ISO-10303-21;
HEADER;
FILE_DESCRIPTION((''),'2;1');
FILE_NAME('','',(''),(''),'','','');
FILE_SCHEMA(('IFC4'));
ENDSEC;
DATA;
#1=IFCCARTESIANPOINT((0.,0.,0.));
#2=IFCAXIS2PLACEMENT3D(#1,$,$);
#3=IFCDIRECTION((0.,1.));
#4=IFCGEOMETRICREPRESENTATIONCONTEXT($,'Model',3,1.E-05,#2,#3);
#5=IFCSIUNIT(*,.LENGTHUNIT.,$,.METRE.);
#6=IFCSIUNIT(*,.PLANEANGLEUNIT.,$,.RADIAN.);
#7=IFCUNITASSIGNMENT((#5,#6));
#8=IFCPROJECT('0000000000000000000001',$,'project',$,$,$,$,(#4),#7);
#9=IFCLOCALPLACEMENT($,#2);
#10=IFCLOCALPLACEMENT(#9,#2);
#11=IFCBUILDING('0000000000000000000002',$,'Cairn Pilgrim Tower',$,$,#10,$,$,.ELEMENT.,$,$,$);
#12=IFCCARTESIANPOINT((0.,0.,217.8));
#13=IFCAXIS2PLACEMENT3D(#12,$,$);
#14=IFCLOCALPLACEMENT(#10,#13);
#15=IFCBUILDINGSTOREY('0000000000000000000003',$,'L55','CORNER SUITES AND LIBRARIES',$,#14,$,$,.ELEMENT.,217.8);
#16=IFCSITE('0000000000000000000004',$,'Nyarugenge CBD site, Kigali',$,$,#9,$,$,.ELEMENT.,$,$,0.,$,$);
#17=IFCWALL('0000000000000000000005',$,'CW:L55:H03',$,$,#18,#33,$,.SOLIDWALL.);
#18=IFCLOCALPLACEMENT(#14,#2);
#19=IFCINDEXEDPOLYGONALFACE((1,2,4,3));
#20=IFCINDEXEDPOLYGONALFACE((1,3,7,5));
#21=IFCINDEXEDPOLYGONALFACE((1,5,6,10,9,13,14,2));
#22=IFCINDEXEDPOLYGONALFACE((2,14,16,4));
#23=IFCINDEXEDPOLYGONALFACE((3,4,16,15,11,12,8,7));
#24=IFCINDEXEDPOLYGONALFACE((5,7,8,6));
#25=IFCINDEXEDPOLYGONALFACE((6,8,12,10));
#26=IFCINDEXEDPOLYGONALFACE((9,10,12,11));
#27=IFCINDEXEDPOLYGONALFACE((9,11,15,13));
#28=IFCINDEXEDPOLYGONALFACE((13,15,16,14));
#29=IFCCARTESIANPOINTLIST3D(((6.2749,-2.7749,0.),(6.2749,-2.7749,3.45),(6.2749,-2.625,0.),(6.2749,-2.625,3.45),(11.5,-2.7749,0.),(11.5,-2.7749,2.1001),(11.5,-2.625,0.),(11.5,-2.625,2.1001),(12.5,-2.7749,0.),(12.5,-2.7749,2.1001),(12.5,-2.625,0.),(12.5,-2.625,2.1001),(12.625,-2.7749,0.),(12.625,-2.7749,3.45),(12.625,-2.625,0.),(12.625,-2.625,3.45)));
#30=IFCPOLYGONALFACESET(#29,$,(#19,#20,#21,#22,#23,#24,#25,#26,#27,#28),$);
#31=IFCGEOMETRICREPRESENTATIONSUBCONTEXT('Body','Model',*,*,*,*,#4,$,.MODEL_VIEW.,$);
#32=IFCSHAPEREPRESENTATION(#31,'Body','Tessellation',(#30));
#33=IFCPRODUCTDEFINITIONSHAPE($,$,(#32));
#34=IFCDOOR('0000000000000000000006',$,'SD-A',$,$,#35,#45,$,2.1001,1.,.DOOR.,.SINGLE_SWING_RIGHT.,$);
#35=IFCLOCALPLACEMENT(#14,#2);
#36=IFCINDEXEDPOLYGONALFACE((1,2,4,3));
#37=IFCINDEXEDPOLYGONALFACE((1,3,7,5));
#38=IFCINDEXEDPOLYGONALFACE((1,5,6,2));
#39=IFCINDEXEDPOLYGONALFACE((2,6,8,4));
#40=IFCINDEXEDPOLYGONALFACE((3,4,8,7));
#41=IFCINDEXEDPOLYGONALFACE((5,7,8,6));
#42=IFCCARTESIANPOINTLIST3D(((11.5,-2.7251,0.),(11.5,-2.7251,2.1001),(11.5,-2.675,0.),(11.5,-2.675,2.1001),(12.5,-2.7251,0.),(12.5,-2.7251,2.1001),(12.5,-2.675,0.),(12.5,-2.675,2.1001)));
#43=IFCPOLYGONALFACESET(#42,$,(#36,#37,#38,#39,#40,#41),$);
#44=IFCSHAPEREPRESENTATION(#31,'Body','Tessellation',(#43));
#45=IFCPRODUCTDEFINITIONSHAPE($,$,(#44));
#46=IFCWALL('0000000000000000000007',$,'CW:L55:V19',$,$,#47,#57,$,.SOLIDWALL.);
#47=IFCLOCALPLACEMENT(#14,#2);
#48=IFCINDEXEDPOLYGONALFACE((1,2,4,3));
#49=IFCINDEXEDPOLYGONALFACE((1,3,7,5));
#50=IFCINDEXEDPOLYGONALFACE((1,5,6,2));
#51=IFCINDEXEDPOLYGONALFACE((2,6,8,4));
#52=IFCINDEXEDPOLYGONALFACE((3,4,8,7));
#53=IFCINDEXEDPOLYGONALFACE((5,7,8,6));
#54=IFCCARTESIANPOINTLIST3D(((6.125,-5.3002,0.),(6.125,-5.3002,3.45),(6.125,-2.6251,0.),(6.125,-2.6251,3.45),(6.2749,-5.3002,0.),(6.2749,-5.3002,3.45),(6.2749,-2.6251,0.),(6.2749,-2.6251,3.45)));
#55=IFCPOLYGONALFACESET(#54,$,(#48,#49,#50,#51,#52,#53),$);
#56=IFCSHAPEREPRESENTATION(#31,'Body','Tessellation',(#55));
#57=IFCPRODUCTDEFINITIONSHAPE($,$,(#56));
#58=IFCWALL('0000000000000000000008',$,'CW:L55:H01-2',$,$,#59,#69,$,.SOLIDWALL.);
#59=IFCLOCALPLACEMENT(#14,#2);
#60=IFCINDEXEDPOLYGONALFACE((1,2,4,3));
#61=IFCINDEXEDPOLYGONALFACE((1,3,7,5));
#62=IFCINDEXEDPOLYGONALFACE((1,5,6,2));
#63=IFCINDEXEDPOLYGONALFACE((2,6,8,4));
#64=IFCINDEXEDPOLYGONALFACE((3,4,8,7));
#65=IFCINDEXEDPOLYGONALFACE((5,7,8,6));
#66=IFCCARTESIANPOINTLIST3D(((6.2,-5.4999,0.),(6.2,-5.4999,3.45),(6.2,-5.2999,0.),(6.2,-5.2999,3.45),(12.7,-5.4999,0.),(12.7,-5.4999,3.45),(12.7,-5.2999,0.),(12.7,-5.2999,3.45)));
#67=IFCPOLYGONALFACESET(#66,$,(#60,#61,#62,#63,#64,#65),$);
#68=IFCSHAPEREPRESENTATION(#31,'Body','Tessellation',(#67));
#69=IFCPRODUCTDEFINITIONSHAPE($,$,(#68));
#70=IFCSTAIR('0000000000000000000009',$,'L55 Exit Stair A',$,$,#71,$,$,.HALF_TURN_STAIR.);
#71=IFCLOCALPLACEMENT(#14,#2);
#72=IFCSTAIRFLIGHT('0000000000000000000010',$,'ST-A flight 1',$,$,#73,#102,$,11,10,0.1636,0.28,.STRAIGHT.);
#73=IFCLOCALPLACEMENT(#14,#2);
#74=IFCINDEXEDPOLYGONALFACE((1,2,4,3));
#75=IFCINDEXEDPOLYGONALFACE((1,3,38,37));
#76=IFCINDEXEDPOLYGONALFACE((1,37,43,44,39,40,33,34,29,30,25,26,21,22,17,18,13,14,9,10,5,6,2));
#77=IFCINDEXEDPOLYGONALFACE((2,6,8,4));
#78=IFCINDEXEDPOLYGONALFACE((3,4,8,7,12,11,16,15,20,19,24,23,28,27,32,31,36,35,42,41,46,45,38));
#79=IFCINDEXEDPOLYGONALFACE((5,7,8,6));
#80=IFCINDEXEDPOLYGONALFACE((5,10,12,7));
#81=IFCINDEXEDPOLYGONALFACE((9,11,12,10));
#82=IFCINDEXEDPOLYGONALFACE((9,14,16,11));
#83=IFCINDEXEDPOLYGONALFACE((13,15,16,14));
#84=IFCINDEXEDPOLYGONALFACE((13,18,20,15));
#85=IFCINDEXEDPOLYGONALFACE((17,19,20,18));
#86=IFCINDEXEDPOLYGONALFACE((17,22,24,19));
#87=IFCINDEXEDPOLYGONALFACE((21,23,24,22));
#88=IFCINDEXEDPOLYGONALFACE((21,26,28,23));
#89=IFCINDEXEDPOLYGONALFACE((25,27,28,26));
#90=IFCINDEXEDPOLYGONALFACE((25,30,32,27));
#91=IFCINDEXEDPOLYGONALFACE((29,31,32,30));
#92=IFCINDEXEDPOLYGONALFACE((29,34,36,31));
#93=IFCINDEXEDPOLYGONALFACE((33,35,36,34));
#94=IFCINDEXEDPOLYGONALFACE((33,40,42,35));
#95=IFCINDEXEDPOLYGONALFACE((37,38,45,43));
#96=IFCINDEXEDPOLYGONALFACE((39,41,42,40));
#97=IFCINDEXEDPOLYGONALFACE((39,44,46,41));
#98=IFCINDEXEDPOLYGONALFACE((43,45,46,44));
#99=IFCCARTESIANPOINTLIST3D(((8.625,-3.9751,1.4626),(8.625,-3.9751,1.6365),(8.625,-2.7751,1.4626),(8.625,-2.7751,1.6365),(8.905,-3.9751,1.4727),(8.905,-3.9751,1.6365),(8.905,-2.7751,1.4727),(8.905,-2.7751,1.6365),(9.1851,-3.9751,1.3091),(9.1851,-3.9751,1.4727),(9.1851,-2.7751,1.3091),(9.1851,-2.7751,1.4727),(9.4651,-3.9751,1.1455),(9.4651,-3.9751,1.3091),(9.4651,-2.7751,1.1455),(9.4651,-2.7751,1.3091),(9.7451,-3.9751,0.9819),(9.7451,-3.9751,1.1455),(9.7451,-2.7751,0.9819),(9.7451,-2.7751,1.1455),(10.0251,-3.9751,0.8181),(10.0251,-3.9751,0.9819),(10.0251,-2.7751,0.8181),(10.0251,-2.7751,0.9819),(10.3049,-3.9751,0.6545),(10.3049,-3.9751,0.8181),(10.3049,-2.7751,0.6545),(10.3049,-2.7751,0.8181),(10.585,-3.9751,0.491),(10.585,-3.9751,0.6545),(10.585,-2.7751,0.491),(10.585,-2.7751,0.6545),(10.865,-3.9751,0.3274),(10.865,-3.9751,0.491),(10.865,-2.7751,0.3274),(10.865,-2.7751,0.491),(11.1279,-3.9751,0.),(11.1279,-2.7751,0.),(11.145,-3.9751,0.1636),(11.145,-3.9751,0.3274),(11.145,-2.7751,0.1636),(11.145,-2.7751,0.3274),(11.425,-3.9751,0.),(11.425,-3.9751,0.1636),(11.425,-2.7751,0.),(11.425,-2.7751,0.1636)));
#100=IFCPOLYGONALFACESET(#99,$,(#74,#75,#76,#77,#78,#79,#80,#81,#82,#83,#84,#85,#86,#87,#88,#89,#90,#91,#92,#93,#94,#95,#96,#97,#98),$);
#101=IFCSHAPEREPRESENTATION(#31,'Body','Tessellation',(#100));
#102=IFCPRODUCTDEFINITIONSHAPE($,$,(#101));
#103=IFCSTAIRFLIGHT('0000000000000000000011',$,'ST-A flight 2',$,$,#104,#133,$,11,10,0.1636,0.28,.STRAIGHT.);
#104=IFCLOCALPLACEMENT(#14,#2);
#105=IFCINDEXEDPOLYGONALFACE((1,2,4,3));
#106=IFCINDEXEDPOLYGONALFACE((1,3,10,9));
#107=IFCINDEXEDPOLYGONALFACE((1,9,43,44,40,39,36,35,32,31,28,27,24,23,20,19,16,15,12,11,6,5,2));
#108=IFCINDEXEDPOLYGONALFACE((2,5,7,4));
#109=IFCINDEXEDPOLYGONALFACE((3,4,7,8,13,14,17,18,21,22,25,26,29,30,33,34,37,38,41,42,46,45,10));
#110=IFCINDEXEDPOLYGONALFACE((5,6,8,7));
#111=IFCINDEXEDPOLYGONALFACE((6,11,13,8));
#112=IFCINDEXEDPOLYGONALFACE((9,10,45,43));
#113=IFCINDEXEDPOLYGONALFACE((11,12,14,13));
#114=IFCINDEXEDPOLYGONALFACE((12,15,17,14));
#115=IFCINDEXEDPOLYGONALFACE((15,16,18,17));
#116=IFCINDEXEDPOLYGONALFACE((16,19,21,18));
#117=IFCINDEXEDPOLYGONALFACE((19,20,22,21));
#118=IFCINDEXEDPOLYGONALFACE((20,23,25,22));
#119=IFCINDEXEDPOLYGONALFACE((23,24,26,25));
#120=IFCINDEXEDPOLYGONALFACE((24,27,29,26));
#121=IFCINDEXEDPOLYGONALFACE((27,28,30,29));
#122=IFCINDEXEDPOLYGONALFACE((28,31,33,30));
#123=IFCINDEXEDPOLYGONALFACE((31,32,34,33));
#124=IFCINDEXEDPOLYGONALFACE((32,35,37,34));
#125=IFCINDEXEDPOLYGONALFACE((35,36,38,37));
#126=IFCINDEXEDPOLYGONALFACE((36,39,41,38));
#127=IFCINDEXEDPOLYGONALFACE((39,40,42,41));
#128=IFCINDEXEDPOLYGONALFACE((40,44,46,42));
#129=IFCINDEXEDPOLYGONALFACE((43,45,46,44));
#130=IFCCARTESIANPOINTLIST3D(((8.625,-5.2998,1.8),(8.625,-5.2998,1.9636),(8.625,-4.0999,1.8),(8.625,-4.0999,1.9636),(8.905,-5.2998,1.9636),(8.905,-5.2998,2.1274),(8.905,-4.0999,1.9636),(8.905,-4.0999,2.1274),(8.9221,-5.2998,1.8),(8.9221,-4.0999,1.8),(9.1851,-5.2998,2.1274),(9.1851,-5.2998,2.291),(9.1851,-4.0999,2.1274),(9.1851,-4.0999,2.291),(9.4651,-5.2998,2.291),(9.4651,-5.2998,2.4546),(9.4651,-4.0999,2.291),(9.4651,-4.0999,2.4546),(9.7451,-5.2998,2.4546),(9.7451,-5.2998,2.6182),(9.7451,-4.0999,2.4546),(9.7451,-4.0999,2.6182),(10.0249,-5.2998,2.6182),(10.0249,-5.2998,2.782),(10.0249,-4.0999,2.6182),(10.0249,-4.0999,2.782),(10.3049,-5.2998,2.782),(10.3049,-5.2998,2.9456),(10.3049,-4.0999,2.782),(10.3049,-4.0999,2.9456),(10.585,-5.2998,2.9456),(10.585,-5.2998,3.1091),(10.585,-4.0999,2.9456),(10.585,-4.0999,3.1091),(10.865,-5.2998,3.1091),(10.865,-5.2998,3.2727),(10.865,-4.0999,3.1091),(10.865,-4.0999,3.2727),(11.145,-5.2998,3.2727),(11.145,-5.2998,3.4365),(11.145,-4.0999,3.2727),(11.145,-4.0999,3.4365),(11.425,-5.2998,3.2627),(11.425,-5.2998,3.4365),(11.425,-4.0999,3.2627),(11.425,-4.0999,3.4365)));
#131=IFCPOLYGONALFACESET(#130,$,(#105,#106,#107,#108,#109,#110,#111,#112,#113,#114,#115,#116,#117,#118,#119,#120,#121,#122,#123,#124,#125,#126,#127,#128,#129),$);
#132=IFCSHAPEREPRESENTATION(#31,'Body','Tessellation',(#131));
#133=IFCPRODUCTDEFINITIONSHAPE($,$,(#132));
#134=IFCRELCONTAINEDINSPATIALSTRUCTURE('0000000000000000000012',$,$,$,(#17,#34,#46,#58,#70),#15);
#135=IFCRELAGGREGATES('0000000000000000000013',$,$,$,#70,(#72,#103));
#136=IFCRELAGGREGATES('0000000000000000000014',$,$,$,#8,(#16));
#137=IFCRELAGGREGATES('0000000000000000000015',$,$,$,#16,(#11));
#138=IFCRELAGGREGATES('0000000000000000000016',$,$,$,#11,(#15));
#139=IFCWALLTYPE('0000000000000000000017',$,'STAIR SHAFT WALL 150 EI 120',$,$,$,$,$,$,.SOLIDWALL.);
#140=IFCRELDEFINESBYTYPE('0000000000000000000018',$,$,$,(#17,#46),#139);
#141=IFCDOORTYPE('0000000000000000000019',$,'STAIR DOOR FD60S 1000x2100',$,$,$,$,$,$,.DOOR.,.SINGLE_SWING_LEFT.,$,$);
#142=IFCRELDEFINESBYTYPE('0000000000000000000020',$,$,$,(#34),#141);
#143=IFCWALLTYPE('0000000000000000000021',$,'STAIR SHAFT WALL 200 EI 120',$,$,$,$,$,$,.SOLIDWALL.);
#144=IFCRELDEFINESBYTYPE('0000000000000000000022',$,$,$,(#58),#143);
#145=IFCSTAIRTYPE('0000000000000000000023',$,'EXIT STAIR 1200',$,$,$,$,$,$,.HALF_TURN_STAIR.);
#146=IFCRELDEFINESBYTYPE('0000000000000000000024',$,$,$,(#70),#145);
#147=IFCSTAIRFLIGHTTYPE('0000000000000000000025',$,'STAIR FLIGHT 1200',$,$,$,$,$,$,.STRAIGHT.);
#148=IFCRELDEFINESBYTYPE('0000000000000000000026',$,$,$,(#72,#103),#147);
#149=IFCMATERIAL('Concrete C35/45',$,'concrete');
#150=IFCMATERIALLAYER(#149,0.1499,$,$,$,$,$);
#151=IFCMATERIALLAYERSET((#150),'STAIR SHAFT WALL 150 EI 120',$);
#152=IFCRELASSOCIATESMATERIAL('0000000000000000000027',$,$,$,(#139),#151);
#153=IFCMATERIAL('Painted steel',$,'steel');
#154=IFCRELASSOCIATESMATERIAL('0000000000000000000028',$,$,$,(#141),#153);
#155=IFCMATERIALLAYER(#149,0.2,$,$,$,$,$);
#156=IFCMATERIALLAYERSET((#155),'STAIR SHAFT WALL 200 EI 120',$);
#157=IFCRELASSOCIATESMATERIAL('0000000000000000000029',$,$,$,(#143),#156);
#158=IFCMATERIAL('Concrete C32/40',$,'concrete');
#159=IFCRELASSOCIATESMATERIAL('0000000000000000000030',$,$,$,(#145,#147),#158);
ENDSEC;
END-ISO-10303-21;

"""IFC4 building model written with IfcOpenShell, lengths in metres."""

from ifc_helpers import new_model, si_unit, direction, frame, frame_2d, origin, place, context, subcontext, project, spatial, polyline, rectangle, outline, extrude, material, layer, layer_set, type_object, element, fill, aggregate, save


model = new_model("IFC4")

# Units and contexts
model_context = context("Model", 3, precision=1e-05, world=origin(), true_north=direction((0.0, 1.0)))
body_context = subcontext(model_context, "Body", "Model", "MODEL_VIEW")
ifc_project = project(units=[si_unit("LENGTHUNIT", "METRE"), si_unit("PLANEANGLEUNIT", "RADIAN")], contexts=[model_context])

# Site, building, storey
site_placement = place(None, origin())
site = spatial("IfcSite", under=ifc_project, at=site_placement, Name="Nyarugenge CBD site, Kigali", CompositionType="ELEMENT", RefElevation=0.0)
building_placement = place(site_placement, origin())
building = spatial("IfcBuilding", under=site, at=building_placement, Name="Cairn Pilgrim Tower", CompositionType="ELEMENT")
storey_placement = place(building_placement, frame((0.0, 0.0, 217.8)))
storey = spatial("IfcBuildingStorey", under=building, at=storey_placement, Name="L55", Description="CORNER SUITES AND LIBRARIES", CompositionType="ELEMENT", Elevation=217.8)

# Shared definitions
ifc_material_1 = material(Name="Concrete C35/45", Category="concrete")

# Shared definitions
ifc_material_2 = material(Name="Concrete C32/40", Category="concrete")

# Wall, opening, door
ifc_layer_1 = layer(ifc_material_1, 0.1499)
ifc_layer_set_1 = layer_set([ifc_layer_1], Name="STAIR SHAFT WALL 150 EI 120")
wall_type_1 = type_object("IfcWallType", Name="STAIR SHAFT WALL 150 EI 120", PredefinedType="SOLIDWALL", material=ifc_layer_set_1)
wall_1_placement = place(storey_placement, frame((6.2749, -2.7, 0.0), z_axis=(0.0, 0.0, 1.0), x_axis=(1.0, 0.0, 0.0)))
wall_1 = element("IfcWall", 1, at=wall_1_placement, inside=storey, type_object=wall_type_1, Name="CW:L55:H03", PredefinedType="SOLIDWALL", context=body_context, shape_type="SweptSolid", body=[
    extrude(rectangle(XDim=6.3501, YDim=0.1499, at=frame_2d((3.175, 0.0))), origin(), (0.0, 0.0, 1.0), 3.45),
])
opening_1_placement = place(wall_1_placement, frame((5.2251, 0.0, 0.0)))
opening_1 = element("IfcOpeningElement", 2, at=opening_1_placement, cuts=wall_1, PredefinedType="OPENING", context=body_context, shape_type="SweptSolid", body=[
    extrude(rectangle(XDim=1.0, YDim=2.1001, at=frame_2d((0.5, 1.05))), frame((0.0, 0.085, 0.0), z_axis=(0.0, -1.0, 0.0), x_axis=(1.0, 0.0, 0.0)), (0.0, 0.0, 1.0), 0.1699),
])
ifc_material_3 = material(Name="Painted steel", Category="steel")
door_type_1 = type_object("IfcDoorType", Name="STAIR DOOR FD60S 1000x2100", OperationType="SINGLE_SWING_LEFT", PredefinedType="DOOR", material=ifc_material_3)
door_1_placement = place(opening_1_placement, origin())
door_1 = element("IfcDoor", 3, at=door_1_placement, inside=storey, type_object=door_type_1, Name="SD-A", OperationType="SINGLE_SWING_RIGHT", OverallHeight=2.1001, OverallWidth=1.0, PredefinedType="DOOR", context=body_context, shape_type="SweptSolid", body=[
    extrude(rectangle(XDim=1.0, YDim=2.1001, at=frame_2d((0.5, 1.05))), frame((0.0, 0.0249, 0.0), z_axis=(0.0, -1.0, 0.0), x_axis=(1.0, 0.0, 0.0)), (0.0, 0.0, 1.0), 0.05),
])
fill(opening_1, door_1)

# Walls
wall_2_placement = place(storey_placement, frame((6.2, -5.3, 0.0), z_axis=(0.0, 0.0, 1.0), x_axis=(0.0, 1.0, 0.0)))
element("IfcWall", 4, at=wall_2_placement, inside=storey, type_object=wall_type_1, Name="CW:L55:V19", PredefinedType="SOLIDWALL", context=body_context, shape_type="SweptSolid", body=[
    extrude(rectangle(XDim=2.675, YDim=0.1499, at=frame_2d((1.3374, 0.0))), origin(), (0.0, 0.0, 1.0), 3.45),
])
ifc_layer_2 = layer(ifc_material_1, 0.2)
ifc_layer_set_2 = layer_set([ifc_layer_2], Name="STAIR SHAFT WALL 200 EI 120")
wall_type_2 = type_object("IfcWallType", Name="STAIR SHAFT WALL 200 EI 120", PredefinedType="SOLIDWALL", material=ifc_layer_set_2)
wall_3_placement = place(storey_placement, frame((6.2, -5.3999, 0.0), z_axis=(0.0, 0.0, 1.0), x_axis=(1.0, 0.0, 0.0)))
element("IfcWall", 5, at=wall_3_placement, inside=storey, type_object=wall_type_2, Name="CW:L55:H01-2", PredefinedType="SOLIDWALL", context=body_context, shape_type="SweptSolid", body=[
    extrude(rectangle(XDim=6.5, YDim=0.2, at=frame_2d((3.25, 0.0))), origin(), (0.0, 0.0, 1.0), 3.45),
])

# Stair, stair flights
stair_type = type_object("IfcStairType", Name="EXIT STAIR 1200", PredefinedType="HALF_TURN_STAIR", material=ifc_material_2)
stair_placement = place(storey_placement, origin())
stair = element("IfcStair", 6, at=stair_placement, inside=storey, type_object=stair_type, Name="L55 Exit Stair A", PredefinedType="HALF_TURN_STAIR")
stair_flight_type = type_object("IfcStairFlightType", Name="STAIR FLIGHT 1200", PredefinedType="STRAIGHT", material=ifc_material_2)
stair_flight_1_placement = place(storey_placement, frame((11.425, -3.375, 0.0), z_axis=(0.0, 0.0, 1.0), x_axis=(-1.0, 0.0, 0.0)))
stair_flight_1 = element("IfcStairFlight", 7, at=stair_flight_1_placement, type_object=stair_flight_type, Name="ST-A flight 1", NumberOfRisers=11, NumberOfTreads=10, PredefinedType="STRAIGHT", RiserHeight=0.1636, TreadLength=0.28, context=body_context, shape_type="SweptSolid", body=[
    extrude(outline(polyline([(0.0, 0.0), (0.0, 0.1636), (0.28, 0.1636), (0.28, 0.3274), (0.5601, 0.3274), (0.5601, 0.491), (0.8401, 0.491), (0.8401, 0.6545), (1.1201, 0.6545), (1.1201, 0.8181), (1.3999, 0.8181), (1.3999, 0.9819), (1.6799, 0.9819), (1.6799, 1.1455), (1.96, 1.1455), (1.96, 1.3091), (2.24, 1.3091), (2.24, 1.4727), (2.52, 1.4727), (2.52, 1.6365), (2.8, 1.6365), (2.8, 1.8), (2.8, 1.4626), (0.2971, 0.0), (0.0, 0.0)])), frame((0.0, 0.6001, 0.0), z_axis=(0.0, -1.0, 0.0), x_axis=(1.0, 0.0, 0.0)), (0.0, 0.0, 1.0), 1.2),
])
stair_flight_2_placement = place(storey_placement, frame((8.625, -4.7, 1.8), z_axis=(0.0, 0.0, 1.0), x_axis=(1.0, 0.0, 0.0)))
stair_flight_2 = element("IfcStairFlight", 8, at=stair_flight_2_placement, type_object=stair_flight_type, Name="ST-A flight 2", NumberOfRisers=11, NumberOfTreads=10, PredefinedType="STRAIGHT", RiserHeight=0.1636, TreadLength=0.28, context=body_context, shape_type="SweptSolid", body=[
    extrude(outline(polyline([(0.0, 0.0), (0.0, 0.1636), (0.28, 0.1636), (0.28, 0.3274), (0.5601, 0.3274), (0.5601, 0.491), (0.8401, 0.491), (0.8401, 0.6545), (1.1201, 0.6545), (1.1201, 0.8181), (1.3999, 0.8181), (1.3999, 0.9819), (1.6799, 0.9819), (1.6799, 1.1455), (1.96, 1.1455), (1.96, 1.3091), (2.24, 1.3091), (2.24, 1.4727), (2.52, 1.4727), (2.52, 1.6365), (2.8, 1.6365), (2.8, 1.8), (2.8, 1.4626), (0.2971, 0.0), (0.0, 0.0)])), frame((0.0, 0.6001, 0.0), z_axis=(0.0, -1.0, 0.0), x_axis=(1.0, 0.0, 0.0)), (0.0, 0.0, 1.0), 1.2),
])
aggregate(stair, [stair_flight_1, stair_flight_2])

save(model, "model.ifc")
